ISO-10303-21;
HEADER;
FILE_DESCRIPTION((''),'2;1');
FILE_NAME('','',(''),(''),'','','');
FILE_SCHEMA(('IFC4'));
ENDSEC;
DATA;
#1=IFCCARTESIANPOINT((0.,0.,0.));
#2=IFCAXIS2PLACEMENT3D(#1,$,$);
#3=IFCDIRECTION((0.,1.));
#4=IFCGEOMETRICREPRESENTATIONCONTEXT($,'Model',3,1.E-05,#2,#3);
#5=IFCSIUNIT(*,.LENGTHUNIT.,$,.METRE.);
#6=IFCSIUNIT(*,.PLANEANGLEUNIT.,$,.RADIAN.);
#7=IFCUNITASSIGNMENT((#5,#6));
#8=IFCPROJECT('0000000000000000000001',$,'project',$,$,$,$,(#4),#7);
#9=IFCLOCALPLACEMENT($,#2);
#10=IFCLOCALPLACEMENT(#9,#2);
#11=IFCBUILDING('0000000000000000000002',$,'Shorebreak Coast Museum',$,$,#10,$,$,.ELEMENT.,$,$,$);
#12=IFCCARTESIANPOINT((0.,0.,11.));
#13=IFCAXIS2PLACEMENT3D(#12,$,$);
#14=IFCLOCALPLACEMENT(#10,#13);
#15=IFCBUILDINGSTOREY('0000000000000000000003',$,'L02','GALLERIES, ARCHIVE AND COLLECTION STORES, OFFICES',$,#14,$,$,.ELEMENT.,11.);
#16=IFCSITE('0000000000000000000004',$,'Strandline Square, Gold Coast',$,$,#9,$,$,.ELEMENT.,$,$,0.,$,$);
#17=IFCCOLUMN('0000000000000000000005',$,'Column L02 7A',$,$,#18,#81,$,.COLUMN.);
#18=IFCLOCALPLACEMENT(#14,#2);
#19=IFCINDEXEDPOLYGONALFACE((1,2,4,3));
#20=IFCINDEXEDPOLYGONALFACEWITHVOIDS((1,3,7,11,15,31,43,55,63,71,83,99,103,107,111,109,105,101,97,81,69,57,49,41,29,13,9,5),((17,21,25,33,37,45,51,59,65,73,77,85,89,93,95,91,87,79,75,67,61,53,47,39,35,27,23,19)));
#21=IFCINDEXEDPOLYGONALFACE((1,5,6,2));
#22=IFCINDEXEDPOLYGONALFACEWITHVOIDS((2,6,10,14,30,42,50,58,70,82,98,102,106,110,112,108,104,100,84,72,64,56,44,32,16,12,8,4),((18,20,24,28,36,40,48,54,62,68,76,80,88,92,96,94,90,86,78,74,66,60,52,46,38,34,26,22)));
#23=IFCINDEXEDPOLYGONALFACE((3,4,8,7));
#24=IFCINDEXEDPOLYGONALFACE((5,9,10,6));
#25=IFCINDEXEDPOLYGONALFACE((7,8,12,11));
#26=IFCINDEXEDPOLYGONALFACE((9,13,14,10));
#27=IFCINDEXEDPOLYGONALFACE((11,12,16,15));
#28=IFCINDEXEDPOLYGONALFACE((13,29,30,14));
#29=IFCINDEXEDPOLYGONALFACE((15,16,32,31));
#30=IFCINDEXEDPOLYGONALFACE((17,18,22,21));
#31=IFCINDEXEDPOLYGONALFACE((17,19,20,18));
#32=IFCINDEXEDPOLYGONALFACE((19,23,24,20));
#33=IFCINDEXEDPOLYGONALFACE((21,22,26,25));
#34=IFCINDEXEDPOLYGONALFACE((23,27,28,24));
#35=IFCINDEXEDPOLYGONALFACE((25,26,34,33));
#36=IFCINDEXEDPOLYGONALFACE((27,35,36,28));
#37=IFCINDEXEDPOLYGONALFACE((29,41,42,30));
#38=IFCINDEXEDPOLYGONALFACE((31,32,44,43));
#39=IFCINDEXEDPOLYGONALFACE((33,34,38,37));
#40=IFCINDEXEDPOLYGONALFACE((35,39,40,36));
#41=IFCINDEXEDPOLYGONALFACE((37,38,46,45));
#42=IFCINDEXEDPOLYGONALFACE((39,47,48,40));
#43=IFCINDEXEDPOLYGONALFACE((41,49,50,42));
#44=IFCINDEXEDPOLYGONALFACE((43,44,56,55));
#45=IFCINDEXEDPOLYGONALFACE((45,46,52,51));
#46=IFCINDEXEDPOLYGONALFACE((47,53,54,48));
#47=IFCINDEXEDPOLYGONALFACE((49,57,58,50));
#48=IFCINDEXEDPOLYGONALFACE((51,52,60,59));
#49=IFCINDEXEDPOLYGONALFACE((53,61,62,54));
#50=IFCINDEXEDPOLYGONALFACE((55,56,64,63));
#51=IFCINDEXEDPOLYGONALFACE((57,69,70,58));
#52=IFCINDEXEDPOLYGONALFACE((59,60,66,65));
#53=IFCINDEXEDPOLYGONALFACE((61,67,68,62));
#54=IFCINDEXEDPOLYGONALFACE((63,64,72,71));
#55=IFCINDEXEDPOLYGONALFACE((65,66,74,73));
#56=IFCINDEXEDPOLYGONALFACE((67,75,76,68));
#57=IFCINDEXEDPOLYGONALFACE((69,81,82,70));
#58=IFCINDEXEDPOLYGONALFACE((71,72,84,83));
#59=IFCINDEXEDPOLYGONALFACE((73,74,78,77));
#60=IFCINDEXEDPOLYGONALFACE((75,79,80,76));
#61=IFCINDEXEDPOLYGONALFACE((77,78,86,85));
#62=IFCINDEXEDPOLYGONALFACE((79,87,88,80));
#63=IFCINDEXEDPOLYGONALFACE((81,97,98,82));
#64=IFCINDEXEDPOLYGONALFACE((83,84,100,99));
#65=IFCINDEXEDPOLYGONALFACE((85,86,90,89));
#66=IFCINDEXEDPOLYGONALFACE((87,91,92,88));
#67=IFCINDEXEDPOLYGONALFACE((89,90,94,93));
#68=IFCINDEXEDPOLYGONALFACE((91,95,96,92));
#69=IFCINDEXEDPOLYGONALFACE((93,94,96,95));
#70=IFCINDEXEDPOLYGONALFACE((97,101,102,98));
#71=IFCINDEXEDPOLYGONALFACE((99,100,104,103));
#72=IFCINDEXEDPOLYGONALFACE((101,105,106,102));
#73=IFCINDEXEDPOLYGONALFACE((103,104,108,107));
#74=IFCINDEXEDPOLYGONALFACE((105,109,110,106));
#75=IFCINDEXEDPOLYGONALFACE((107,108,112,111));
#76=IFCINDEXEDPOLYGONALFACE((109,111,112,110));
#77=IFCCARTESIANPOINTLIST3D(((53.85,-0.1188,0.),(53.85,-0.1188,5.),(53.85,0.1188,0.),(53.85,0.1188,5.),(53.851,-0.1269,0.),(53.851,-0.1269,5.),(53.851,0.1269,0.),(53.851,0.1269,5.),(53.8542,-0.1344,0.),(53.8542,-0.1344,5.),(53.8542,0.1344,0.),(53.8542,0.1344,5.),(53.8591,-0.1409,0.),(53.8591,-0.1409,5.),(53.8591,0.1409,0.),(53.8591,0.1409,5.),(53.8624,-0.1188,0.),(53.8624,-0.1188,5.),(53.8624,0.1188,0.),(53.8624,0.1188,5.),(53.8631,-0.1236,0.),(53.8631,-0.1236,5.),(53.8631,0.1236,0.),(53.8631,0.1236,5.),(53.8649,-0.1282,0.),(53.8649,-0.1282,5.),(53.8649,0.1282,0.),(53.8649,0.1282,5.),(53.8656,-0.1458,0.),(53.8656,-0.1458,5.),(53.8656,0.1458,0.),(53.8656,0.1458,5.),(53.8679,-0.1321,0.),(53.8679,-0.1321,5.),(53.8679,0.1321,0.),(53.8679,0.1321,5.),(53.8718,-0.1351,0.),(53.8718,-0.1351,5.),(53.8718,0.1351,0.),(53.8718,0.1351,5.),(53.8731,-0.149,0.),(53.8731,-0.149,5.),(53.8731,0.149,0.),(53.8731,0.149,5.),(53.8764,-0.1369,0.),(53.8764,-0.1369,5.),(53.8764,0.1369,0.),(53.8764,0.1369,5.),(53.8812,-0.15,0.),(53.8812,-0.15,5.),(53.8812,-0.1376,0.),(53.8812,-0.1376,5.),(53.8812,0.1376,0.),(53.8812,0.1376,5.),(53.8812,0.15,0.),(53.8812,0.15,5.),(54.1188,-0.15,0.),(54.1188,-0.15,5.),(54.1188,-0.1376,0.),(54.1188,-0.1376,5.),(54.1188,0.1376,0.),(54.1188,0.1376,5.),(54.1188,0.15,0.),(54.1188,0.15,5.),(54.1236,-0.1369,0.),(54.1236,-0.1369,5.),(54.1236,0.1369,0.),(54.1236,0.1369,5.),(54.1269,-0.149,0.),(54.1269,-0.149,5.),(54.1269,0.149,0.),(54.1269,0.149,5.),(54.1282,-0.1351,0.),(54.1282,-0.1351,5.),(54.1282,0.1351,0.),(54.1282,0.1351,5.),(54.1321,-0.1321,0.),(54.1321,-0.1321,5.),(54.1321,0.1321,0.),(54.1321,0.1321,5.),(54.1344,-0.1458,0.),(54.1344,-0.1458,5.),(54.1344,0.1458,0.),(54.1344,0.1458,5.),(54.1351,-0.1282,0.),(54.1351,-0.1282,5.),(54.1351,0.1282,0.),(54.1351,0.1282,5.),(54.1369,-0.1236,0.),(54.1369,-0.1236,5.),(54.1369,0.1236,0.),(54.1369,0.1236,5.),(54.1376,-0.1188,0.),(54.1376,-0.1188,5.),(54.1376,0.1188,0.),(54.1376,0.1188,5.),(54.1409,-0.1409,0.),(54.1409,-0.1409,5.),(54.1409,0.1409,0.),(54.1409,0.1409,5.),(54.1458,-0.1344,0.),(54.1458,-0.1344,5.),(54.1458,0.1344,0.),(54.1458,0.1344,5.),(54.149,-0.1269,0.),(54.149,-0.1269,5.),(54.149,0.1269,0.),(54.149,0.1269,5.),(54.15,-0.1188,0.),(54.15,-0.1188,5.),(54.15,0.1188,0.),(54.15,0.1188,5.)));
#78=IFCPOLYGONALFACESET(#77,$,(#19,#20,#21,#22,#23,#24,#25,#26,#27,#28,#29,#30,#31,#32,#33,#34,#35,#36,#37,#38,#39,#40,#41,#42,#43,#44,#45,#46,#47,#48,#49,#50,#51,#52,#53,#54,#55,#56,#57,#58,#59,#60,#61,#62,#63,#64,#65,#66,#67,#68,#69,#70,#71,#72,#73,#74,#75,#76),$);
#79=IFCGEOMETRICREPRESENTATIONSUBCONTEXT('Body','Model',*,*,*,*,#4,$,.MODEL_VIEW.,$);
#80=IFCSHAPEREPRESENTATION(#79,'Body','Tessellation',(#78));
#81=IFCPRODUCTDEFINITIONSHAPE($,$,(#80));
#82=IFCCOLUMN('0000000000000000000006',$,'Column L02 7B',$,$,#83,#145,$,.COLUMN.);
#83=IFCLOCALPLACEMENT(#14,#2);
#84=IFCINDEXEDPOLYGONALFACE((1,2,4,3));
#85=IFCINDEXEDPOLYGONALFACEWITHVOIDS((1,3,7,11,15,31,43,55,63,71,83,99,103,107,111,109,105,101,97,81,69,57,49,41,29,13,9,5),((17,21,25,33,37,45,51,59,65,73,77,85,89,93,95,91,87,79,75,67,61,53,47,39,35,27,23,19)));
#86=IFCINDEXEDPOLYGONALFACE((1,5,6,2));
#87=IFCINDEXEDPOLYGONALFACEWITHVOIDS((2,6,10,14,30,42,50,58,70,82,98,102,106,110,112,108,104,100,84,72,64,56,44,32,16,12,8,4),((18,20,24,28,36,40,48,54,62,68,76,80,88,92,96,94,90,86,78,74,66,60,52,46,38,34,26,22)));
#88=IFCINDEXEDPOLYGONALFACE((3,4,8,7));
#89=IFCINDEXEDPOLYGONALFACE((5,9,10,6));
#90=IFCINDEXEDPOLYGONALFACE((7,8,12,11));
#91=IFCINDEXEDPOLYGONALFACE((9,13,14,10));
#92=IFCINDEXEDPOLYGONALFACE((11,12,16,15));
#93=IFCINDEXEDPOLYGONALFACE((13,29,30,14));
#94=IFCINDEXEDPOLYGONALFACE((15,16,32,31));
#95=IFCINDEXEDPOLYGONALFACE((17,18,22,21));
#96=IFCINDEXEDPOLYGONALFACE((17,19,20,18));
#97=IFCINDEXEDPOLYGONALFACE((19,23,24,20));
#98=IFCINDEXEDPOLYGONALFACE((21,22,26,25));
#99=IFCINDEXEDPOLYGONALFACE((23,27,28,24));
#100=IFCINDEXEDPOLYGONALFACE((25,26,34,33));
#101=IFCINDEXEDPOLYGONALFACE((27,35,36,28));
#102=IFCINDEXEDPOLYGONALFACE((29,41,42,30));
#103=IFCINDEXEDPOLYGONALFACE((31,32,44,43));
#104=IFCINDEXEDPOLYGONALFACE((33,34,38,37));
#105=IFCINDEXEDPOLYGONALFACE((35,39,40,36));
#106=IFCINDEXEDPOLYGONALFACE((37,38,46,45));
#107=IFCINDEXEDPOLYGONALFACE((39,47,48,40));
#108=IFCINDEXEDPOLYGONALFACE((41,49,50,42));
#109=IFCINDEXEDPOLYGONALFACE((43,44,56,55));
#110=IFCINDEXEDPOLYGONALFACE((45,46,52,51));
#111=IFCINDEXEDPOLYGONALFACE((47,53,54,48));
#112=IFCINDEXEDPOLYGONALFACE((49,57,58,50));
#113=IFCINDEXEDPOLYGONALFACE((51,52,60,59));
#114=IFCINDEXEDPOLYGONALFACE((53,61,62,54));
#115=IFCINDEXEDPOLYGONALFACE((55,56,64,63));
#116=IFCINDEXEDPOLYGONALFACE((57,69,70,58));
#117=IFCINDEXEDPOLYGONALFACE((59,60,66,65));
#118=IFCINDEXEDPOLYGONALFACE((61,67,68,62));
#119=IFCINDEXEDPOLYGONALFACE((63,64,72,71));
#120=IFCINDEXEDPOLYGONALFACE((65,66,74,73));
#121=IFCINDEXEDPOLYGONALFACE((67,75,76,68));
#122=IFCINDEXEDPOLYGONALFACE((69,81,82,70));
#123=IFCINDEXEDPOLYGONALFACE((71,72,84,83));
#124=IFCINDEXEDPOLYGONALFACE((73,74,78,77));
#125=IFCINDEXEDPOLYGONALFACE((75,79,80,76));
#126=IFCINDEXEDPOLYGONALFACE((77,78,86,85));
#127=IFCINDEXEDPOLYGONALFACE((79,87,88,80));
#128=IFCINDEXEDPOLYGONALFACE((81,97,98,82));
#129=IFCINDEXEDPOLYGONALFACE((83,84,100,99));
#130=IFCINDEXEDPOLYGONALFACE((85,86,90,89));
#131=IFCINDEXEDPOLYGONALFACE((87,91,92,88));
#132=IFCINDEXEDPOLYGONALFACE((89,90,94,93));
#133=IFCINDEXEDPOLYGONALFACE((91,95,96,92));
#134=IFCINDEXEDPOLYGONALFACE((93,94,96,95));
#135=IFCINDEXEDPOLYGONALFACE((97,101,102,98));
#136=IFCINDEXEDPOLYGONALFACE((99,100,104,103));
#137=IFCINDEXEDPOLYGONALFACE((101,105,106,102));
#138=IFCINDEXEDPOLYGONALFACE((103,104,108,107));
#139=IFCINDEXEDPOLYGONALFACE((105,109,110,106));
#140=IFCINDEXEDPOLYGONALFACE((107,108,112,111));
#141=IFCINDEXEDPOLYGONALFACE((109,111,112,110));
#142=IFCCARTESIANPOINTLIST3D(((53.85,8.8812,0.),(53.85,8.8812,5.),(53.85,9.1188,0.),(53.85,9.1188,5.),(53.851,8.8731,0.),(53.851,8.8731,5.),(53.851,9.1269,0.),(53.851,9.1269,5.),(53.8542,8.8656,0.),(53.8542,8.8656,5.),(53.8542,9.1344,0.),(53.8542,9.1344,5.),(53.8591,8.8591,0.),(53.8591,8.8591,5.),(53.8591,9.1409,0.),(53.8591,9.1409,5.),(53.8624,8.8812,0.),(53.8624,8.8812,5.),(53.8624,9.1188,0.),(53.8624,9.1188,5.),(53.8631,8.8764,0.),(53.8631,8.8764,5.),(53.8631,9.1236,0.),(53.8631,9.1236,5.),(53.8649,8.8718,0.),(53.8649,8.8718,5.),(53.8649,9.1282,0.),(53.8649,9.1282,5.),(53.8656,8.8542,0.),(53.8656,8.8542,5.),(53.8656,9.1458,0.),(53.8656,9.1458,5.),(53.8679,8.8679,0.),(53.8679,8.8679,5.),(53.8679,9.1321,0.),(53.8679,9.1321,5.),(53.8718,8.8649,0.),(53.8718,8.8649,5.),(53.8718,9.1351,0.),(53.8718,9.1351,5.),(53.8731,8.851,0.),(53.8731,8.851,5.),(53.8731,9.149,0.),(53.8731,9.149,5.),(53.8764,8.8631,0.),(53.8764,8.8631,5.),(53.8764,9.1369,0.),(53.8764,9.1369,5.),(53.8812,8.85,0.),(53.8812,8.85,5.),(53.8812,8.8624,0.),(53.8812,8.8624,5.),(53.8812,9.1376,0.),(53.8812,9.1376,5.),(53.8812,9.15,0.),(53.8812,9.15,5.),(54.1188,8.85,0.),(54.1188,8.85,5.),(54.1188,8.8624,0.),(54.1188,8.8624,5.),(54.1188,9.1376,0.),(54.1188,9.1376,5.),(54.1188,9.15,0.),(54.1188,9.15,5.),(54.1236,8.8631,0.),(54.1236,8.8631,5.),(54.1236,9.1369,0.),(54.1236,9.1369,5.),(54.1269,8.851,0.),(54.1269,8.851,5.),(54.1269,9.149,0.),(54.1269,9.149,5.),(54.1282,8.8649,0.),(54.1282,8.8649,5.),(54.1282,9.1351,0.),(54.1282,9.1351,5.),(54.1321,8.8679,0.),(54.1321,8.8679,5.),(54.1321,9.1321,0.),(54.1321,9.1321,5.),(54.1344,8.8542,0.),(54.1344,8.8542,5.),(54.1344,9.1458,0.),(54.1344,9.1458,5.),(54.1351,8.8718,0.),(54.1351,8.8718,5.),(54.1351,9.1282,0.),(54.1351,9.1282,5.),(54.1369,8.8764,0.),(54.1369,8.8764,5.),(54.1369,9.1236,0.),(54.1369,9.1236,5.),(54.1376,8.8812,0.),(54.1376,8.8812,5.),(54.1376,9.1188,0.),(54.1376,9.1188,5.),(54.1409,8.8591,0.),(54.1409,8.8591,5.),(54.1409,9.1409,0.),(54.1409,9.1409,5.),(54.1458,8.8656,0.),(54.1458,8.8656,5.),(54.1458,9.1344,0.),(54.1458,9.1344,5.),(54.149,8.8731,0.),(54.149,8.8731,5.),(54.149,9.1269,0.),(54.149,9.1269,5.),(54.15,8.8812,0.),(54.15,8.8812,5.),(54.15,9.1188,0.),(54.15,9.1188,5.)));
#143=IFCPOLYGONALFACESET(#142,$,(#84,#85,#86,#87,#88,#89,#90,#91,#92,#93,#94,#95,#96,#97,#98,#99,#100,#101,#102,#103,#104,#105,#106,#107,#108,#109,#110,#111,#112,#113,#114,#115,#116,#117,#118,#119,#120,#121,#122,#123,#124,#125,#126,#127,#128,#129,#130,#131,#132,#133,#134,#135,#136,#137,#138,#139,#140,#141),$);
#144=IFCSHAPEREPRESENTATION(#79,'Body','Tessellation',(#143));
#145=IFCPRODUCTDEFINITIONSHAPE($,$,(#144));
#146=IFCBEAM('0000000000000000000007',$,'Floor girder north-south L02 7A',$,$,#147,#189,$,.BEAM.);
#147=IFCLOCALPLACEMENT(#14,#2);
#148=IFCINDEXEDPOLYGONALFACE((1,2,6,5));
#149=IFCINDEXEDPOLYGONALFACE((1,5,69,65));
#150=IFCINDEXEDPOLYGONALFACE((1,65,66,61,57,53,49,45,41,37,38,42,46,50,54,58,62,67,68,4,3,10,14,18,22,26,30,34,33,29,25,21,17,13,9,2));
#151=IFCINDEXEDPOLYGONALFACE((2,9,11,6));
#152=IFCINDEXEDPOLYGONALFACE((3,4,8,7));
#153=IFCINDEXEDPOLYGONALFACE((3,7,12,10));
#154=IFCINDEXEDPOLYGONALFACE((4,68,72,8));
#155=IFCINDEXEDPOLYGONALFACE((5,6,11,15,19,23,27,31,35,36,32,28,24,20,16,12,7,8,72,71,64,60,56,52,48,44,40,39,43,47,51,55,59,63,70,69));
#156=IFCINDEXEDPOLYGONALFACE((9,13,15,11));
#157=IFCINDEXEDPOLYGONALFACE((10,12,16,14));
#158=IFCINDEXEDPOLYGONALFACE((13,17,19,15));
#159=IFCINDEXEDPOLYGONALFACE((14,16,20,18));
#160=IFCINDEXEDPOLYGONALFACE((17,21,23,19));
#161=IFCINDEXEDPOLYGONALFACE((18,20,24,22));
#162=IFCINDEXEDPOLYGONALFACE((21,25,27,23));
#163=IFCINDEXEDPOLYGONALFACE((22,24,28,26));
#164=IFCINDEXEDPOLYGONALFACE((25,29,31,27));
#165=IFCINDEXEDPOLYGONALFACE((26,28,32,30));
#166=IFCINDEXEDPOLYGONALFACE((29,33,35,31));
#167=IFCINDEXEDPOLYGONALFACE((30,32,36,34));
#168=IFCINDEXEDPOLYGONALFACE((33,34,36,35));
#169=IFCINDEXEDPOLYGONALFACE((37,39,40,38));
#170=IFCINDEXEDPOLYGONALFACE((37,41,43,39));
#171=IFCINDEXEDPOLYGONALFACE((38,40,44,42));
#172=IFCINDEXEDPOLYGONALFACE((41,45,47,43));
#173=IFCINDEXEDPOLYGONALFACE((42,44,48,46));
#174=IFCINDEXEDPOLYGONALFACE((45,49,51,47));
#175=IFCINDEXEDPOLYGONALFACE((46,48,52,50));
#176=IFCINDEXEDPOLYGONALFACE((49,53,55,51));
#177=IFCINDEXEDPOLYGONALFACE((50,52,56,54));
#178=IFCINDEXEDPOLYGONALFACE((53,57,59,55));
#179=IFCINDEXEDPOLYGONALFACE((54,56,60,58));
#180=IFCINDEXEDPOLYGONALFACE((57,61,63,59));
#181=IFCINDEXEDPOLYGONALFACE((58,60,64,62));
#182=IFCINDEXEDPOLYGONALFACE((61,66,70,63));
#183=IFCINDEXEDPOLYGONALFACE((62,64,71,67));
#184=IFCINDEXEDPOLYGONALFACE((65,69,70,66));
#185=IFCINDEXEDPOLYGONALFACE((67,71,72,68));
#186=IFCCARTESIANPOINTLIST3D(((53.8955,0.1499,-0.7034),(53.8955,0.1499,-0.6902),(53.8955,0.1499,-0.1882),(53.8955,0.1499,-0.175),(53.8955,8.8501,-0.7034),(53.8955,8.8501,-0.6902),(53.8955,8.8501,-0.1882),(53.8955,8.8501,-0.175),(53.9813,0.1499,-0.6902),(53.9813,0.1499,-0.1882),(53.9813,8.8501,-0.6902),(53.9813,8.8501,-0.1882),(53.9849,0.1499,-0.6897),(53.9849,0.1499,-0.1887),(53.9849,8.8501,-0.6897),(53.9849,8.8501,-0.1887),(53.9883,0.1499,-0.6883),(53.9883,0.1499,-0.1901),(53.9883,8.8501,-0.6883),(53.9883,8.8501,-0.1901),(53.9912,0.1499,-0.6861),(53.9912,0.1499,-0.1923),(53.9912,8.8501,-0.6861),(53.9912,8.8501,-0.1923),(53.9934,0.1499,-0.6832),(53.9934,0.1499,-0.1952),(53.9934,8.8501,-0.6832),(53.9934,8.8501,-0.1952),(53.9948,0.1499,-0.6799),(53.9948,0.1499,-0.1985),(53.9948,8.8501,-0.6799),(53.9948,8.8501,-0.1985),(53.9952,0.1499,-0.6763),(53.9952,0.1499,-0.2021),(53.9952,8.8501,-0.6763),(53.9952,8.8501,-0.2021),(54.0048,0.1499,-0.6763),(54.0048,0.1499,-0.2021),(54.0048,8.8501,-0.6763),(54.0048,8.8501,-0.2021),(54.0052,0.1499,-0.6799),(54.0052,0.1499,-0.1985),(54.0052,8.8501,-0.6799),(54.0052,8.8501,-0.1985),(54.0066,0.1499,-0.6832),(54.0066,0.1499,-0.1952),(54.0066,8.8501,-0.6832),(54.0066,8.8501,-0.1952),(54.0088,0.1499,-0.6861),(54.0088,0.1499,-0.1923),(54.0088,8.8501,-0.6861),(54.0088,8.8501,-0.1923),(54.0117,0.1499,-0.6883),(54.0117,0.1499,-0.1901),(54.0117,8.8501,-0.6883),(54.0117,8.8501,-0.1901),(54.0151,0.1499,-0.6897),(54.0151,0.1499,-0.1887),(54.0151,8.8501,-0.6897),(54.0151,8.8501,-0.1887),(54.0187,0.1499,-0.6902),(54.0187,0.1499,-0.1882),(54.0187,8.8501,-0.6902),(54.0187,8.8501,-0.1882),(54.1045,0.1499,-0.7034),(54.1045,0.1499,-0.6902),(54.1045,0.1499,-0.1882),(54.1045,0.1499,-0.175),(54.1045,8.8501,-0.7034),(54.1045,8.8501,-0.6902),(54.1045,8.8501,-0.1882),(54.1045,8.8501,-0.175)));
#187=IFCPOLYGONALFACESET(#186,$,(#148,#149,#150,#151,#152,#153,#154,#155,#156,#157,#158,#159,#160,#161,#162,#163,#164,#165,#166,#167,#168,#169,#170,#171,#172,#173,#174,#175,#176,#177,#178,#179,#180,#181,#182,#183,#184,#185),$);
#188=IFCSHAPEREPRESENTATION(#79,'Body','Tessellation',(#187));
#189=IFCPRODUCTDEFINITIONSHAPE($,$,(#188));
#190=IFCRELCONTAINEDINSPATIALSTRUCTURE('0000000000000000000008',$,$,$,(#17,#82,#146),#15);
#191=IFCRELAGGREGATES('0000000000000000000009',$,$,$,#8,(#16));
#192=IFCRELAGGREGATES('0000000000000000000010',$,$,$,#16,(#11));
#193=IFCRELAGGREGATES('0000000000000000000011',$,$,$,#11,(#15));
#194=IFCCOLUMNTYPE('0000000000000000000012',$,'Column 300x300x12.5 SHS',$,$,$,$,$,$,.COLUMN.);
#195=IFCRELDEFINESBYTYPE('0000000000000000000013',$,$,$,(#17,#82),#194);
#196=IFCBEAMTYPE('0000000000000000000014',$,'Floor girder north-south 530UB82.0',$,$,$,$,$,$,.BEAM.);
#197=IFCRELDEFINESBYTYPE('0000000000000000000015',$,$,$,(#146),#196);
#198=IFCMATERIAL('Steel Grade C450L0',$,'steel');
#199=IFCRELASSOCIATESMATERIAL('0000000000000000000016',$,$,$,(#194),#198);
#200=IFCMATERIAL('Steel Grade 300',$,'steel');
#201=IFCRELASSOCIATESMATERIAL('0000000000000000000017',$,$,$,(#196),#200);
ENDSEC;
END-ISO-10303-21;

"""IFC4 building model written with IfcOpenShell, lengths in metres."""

from ifc_helpers import new_model, si_unit, direction, frame, origin, origin_2d, place, context, subcontext, project, spatial, hollow_rectangle, i_section, extrude, material, material_profile, profile_set, type_object, element, save


model = new_model("IFC4")

# Units and contexts
model_context = context("Model", 3, precision=1e-05, world=origin(), true_north=direction((0.0, 1.0)))
body_context = subcontext(model_context, "Body", "Model", "MODEL_VIEW")
ifc_project = project(units=[si_unit("LENGTHUNIT", "METRE"), si_unit("PLANEANGLEUNIT", "RADIAN")], contexts=[model_context])

# Site, building, storey
site_placement = place(None, origin())
site = spatial("IfcSite", under=ifc_project, at=site_placement, Name="Strandline Square, Gold Coast", CompositionType="ELEMENT", RefElevation=0.0)
building_placement = place(site_placement, origin())
building = spatial("IfcBuilding", under=site, at=building_placement, Name="Shorebreak Coast Museum", CompositionType="ELEMENT")
storey_placement = place(building_placement, frame((0.0, 0.0, 11.0)))
storey = spatial("IfcBuildingStorey", under=building, at=storey_placement, Name="L02", Description="GALLERIES, ARCHIVE AND COLLECTION STORES, OFFICES", CompositionType="ELEMENT", Elevation=11.0)

# Columns
ifc_material_1 = material(Name="Steel Grade C450L0", Category="steel")
ifc_material_profile_1 = material_profile(ifc_material_1, hollow_rectangle(XDim=0.3, YDim=0.3, WallThickness=0.0125, InnerFilletRadius=0.0188, OuterFilletRadius=0.0312, at=origin_2d()), Name="300x300x12.5 SHS")
ifc_profile_set_1 = profile_set([ifc_material_profile_1], Name="Steel Grade C450L0")
column_type = type_object("IfcColumnType", Name="Column 300x300x12.5 SHS", PredefinedType="COLUMN", material=ifc_profile_set_1)
for number, where, z_axis, x_axis, name in (
    (1, (54.0, 0.0, 0.0), (0.0, 0.0, 1.0), (1.0, 0.0, 0.0), "Column L02 7A"),
    (2, (54.0, 9.0, 0.0), (0.0, 0.0, 1.0), (1.0, 0.0, 0.0), "Column L02 7B"),
):
    element("IfcColumn", number, at=place(storey_placement, frame(where, z_axis=z_axis, x_axis=x_axis)), inside=storey, type_object=column_type, Name=name, PredefinedType="COLUMN", context=body_context, shape_type="SweptSolid", body=[
        extrude(hollow_rectangle(XDim=0.3, YDim=0.3, WallThickness=0.0125, InnerFilletRadius=0.0188, OuterFilletRadius=0.0312, at=origin_2d()), origin(), (0.0, 0.0, 1.0), 5.0),
    ])

# Beam
ifc_material_2 = material(Name="Steel Grade 300", Category="steel")
ifc_material_profile_2 = material_profile(ifc_material_2, i_section(OverallWidth=0.209, OverallDepth=0.5283, WebThickness=0.0095, FlangeThickness=0.0132, FilletRadius=0.0139, at=origin_2d()), Name="530UB82.0")
ifc_profile_set_2 = profile_set([ifc_material_profile_2], Name="Steel Grade 300")
beam_type_1 = type_object("IfcBeamType", Name="Floor girder north-south 530UB82.0", PredefinedType="BEAM", material=ifc_profile_set_2)
for number, where, z_axis, x_axis, name in (
    (3, (54.0, 0.1499, -0.4392), (0.0, 1.0, 0.0), (-1.0, 0.0, 0.0), "Floor girder north-south L02 7A"),
):
    element("IfcBeam", number, at=place(storey_placement, frame(where, z_axis=z_axis, x_axis=x_axis)), inside=storey, type_object=beam_type_1, Name=name, PredefinedType="BEAM", context=body_context, shape_type="SweptSolid", body=[
        extrude(i_section(OverallWidth=0.209, OverallDepth=0.5283, WebThickness=0.0095, FlangeThickness=0.0132, FilletRadius=0.0139, at=origin_2d()), origin(), (0.0, 0.0, 1.0), 8.7002),
    ])

save(model, "model.ifc")
